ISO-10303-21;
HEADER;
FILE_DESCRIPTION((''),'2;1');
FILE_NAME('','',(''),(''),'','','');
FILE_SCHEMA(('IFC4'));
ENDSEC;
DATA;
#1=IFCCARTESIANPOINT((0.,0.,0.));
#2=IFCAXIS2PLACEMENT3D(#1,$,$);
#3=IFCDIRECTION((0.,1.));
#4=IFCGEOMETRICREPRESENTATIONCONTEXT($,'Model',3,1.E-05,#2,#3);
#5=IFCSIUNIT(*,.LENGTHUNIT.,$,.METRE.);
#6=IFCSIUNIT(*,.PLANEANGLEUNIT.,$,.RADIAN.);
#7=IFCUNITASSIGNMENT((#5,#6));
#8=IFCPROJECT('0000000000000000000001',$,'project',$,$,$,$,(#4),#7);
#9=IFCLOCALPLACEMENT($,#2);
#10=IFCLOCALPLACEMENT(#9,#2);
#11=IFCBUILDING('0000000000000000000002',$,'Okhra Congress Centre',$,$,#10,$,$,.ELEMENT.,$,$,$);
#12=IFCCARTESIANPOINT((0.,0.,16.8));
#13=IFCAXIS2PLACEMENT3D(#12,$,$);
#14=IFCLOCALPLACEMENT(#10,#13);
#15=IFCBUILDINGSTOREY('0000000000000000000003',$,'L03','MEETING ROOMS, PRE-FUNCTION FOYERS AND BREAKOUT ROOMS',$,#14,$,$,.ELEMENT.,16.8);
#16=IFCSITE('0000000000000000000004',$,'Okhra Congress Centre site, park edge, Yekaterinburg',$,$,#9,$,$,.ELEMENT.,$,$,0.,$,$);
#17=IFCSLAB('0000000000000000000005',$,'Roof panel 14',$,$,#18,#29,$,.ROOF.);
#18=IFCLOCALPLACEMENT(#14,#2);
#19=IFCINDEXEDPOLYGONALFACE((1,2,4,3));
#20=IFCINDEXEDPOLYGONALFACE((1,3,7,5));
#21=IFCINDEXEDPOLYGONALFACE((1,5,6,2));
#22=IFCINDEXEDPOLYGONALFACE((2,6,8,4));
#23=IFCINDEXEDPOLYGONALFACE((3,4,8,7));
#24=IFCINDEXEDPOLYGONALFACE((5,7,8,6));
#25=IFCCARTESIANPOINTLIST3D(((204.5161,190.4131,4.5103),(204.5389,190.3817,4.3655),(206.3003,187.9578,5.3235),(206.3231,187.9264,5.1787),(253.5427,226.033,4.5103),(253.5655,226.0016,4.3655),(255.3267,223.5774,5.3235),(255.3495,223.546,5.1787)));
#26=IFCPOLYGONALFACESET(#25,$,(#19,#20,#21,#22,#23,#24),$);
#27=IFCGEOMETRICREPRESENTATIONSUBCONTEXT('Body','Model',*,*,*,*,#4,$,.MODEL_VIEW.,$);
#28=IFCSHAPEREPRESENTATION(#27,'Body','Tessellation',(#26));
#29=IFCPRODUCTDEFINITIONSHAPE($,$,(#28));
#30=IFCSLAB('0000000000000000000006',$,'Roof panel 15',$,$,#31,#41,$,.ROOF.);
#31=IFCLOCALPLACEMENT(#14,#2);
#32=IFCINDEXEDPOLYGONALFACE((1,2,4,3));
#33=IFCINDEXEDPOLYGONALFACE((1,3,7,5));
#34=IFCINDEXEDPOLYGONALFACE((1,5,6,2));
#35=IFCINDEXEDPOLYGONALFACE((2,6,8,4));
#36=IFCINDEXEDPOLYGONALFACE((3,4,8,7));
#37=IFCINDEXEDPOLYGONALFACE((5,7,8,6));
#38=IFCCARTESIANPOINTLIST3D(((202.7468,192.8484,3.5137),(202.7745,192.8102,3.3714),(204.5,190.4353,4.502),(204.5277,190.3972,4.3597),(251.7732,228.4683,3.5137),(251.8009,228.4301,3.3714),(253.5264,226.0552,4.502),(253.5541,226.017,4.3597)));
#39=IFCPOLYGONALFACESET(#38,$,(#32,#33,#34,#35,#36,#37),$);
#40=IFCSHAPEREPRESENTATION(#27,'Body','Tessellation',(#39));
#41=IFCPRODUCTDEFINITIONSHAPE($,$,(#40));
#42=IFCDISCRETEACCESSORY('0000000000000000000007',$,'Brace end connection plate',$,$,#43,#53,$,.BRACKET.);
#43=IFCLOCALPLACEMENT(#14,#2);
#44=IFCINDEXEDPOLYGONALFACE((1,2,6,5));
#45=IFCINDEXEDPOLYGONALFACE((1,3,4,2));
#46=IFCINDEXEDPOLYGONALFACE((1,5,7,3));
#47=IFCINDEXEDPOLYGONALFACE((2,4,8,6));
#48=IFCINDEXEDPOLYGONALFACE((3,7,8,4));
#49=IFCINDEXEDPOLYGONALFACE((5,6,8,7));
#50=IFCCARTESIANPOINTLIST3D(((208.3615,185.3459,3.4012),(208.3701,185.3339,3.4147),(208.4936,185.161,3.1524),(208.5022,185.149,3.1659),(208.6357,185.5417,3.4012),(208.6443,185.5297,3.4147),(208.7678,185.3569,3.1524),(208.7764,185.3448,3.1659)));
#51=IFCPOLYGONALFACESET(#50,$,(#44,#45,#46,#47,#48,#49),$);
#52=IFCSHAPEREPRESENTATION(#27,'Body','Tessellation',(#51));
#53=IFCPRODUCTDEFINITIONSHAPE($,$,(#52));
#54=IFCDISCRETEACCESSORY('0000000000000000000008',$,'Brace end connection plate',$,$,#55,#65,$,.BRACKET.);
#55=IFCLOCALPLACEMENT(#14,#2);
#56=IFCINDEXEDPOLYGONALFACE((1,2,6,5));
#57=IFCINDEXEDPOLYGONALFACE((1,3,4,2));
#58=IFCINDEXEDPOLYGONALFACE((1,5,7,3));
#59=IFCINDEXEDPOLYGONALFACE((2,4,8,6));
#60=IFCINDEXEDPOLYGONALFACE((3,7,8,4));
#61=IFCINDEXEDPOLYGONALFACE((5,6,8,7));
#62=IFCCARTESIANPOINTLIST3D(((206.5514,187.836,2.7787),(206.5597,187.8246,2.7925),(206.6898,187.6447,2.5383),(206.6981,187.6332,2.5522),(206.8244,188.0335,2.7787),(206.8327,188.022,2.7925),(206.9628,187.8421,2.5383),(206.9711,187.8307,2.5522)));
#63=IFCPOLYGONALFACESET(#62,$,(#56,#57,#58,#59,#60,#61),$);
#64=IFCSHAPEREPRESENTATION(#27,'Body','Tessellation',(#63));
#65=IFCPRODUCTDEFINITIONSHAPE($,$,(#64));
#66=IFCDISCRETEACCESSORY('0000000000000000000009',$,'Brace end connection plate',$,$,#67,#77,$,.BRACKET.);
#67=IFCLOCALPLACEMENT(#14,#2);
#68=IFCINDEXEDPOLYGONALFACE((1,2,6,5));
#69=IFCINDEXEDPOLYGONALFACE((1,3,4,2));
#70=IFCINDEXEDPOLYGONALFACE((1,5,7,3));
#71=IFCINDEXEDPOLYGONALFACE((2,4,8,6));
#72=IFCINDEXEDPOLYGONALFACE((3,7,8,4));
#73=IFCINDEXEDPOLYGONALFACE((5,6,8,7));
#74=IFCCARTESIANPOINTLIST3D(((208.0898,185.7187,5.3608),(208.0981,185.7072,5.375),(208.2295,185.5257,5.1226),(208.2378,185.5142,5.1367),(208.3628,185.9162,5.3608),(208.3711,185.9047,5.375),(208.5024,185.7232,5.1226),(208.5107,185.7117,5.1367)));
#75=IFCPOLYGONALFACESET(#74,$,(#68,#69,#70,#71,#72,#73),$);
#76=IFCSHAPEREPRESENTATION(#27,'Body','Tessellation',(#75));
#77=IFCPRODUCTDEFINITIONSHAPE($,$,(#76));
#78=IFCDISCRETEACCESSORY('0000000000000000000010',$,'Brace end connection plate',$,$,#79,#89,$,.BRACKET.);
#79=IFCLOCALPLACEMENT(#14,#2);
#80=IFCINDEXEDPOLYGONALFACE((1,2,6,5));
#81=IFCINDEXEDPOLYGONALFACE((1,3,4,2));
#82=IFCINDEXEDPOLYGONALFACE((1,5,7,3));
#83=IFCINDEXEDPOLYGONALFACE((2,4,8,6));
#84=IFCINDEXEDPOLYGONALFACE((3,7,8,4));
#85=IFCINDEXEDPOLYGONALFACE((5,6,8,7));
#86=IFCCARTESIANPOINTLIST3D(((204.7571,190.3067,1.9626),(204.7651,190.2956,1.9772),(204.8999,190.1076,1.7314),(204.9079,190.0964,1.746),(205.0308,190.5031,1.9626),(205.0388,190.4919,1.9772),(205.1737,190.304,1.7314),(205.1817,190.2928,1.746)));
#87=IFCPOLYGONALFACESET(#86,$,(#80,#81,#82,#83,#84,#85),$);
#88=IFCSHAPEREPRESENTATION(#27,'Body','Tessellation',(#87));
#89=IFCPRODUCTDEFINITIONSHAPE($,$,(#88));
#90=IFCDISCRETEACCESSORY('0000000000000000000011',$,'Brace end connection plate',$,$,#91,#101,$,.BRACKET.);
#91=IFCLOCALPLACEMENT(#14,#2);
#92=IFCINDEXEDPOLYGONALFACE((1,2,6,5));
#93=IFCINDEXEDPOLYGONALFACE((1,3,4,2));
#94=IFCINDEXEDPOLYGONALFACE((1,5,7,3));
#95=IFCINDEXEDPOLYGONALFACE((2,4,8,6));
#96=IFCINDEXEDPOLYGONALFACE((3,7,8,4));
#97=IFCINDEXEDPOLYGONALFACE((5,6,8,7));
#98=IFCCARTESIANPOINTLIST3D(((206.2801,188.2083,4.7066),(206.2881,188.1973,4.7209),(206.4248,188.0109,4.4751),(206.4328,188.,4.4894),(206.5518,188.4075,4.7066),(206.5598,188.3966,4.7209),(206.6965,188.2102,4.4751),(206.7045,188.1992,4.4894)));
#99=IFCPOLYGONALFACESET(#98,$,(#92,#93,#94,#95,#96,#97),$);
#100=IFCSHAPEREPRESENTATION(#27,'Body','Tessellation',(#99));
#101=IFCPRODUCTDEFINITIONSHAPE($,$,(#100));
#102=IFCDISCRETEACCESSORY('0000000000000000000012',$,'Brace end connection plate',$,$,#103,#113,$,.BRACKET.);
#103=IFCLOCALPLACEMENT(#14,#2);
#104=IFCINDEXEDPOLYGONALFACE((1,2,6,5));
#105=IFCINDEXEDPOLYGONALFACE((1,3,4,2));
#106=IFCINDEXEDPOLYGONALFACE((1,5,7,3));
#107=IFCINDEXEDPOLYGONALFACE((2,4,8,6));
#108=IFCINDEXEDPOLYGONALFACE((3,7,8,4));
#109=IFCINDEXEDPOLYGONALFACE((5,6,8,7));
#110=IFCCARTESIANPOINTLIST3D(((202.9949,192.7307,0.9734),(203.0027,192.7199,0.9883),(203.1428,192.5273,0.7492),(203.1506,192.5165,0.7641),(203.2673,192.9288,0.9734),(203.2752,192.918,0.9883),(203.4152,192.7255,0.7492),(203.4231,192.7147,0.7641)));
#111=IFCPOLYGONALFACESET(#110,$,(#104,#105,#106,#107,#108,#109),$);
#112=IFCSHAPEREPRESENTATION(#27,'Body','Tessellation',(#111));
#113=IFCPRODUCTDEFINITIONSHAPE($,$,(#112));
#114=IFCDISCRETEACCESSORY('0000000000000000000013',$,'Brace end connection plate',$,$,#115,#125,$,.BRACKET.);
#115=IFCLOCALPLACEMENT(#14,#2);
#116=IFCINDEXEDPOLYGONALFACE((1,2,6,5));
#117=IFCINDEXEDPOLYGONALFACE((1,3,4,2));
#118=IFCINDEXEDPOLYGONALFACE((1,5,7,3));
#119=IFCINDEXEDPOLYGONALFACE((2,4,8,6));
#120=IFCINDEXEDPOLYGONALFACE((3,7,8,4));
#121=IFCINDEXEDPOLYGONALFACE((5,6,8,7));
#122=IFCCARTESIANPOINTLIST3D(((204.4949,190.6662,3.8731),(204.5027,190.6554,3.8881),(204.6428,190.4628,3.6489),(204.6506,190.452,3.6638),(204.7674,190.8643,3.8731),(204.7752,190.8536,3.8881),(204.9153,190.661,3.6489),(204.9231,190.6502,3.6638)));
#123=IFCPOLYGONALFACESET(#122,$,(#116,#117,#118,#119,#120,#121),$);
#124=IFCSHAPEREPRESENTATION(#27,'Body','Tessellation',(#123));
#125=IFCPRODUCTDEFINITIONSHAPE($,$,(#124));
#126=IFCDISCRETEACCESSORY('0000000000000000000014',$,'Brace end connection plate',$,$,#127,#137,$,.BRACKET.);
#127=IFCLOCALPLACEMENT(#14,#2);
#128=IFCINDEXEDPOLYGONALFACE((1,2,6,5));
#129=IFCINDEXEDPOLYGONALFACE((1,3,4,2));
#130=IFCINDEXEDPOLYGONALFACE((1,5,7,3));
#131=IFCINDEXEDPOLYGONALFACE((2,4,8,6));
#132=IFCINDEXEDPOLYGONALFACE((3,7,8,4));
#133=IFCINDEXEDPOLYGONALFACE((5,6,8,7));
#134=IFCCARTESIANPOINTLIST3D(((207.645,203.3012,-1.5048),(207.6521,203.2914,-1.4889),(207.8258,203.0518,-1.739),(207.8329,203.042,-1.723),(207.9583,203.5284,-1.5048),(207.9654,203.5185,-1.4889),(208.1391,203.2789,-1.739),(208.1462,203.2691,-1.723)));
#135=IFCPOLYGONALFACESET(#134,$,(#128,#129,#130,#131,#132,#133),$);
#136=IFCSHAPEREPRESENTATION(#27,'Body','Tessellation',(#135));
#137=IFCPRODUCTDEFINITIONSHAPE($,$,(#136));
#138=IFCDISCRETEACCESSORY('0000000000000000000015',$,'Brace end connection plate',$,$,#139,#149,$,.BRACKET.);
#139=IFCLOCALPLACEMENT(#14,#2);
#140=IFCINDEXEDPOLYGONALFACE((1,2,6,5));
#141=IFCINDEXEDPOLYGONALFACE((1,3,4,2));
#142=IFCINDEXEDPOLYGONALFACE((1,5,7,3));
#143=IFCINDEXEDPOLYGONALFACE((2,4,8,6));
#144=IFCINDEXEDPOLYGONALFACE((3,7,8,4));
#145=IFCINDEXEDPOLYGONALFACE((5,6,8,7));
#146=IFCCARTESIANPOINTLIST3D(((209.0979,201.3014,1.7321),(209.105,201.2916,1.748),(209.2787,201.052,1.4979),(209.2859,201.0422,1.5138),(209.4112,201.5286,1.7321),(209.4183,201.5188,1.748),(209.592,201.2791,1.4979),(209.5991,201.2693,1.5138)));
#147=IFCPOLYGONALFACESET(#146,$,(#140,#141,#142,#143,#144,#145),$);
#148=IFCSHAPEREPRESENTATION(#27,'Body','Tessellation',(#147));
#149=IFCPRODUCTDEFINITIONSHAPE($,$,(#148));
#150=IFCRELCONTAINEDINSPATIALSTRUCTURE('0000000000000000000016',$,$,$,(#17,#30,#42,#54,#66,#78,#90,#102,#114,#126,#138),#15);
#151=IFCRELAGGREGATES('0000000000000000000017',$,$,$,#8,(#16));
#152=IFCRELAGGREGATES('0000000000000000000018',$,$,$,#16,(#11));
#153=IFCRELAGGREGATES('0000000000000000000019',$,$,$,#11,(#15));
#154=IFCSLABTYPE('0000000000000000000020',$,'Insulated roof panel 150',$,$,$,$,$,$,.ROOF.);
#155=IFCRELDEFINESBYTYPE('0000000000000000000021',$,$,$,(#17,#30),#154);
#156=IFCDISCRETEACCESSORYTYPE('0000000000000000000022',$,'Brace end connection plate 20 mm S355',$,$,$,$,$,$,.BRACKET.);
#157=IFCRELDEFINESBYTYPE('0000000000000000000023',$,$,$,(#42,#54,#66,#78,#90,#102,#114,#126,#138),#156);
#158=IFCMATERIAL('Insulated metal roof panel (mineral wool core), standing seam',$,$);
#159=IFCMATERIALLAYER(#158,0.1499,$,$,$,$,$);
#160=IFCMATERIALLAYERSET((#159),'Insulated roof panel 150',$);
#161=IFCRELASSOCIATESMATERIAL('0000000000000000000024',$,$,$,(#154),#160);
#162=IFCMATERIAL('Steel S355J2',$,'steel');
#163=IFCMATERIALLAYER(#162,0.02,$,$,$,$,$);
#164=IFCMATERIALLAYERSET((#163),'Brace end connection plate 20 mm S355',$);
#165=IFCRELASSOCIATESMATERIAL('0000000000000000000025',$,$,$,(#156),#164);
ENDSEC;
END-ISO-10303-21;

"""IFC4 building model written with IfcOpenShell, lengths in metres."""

from ifc_helpers import new_model, si_unit, direction, frame, origin, origin_2d, place, context, subcontext, project, spatial, polyline, rectangle, outline, extrude, material, layer, layer_set, type_object, element, save


model = new_model("IFC4")

# Units and contexts
model_context = context("Model", 3, precision=1e-05, world=origin(), true_north=direction((0.0, 1.0)))
body_context = subcontext(model_context, "Body", "Model", "MODEL_VIEW")
ifc_project = project(units=[si_unit("LENGTHUNIT", "METRE"), si_unit("PLANEANGLEUNIT", "RADIAN")], contexts=[model_context])

# Site, building, storey
site_placement = place(None, origin())
site = spatial("IfcSite", under=ifc_project, at=site_placement, Name="Okhra Congress Centre site, park edge, Yekaterinburg", CompositionType="ELEMENT", RefElevation=0.0)
building_placement = place(site_placement, origin())
building = spatial("IfcBuilding", under=site, at=building_placement, Name="Okhra Congress Centre", CompositionType="ELEMENT")
storey_placement = place(building_placement, frame((0.0, 0.0, 16.8)))
storey = spatial("IfcBuildingStorey", under=building, at=storey_placement, Name="L03", Description="MEETING ROOMS, PRE-FUNCTION FOYERS AND BREAKOUT ROOMS", CompositionType="ELEMENT", Elevation=16.8)

# Shared definitions
ifc_material_1 = material(Name="Steel S355J2", Category="steel")

# Slabs
ifc_material_2 = material(Name="Insulated metal roof panel (mineral wool core), standing seam")
ifc_layer_1 = layer(ifc_material_2, 0.1499)
ifc_layer_set_1 = layer_set([ifc_layer_1], Name="Insulated roof panel 150")
slab_type = type_object("IfcSlabType", Name="Insulated roof panel 150", PredefinedType="ROOF", material=ifc_layer_set_1)
slab_1_placement = place(storey_placement, frame((206.3003, 187.9578, 5.3235), z_axis=(-0.152124, 0.209382, 0.965928), x_axis=(0.809018, 0.587784, 0.0)))
element("IfcSlab", 1, at=slab_1_placement, inside=storey, type_object=slab_type, Name="Roof panel 14", PredefinedType="ROOF", context=body_context, shape_type="SweptSolid", body=[
    extrude(outline(polyline([(0.0, 0.0), (60.5999, 0.0), (60.6, 3.1422), (-0.0002, 3.1422), (0.0, 0.0)])), origin(), (0.0, 0.0, -1.0), 0.1499),
])
slab_2_placement = place(storey_placement, frame((204.5, 190.4353, 4.502), z_axis=(-0.184871, 0.254452, 0.949251), x_axis=(0.809016, 0.587787, 0.0)))
element("IfcSlab", 2, at=slab_2_placement, inside=storey, type_object=slab_type, Name="Roof panel 15", PredefinedType="ROOF", context=body_context, shape_type="SweptSolid", body=[
    extrude(outline(polyline([(0.0, 0.0), (60.6, 0.0), (60.6, 3.1422), (0.0, 3.1422), (0.0, 0.0)])), origin(), (0.0, 0.0, -1.0), 0.1499),
])

# Discrete accessories
ifc_layer_2 = layer(ifc_material_1, 0.02)
ifc_layer_set_2 = layer_set([ifc_layer_2], Name="Brace end connection plate 20 mm S355")
discrete_accessory_type = type_object("IfcDiscreteAccessoryType", Name="Brace end connection plate 20 mm S355", PredefinedType="BRACKET", material=ifc_layer_set_2)
discrete_accessory_1_placement = place(storey_placement, frame((208.5732, 185.3394, 3.2903), z_axis=(-0.429165, 0.600831, -0.674403), x_axis=(-0.813733, -0.581238, 0.0)))
element("IfcDiscreteAccessory", 3, at=discrete_accessory_1_placement, inside=storey, type_object=discrete_accessory_type, Name="Brace end connection plate", PredefinedType="BRACKET", context=body_context, shape_type="SweptSolid", body=[
    extrude(rectangle(XDim=0.3369, YDim=0.3369, at=origin_2d()), origin(), (0.0, 0.0, 1.0), 0.02),
])
discrete_accessory_2_placement = place(storey_placement, frame((206.7654, 187.8276, 2.6724), z_axis=(-0.418068, 0.577917, -0.700879), x_axis=(-0.810224, -0.58612, 0.0)))
element("IfcDiscreteAccessory", 4, at=discrete_accessory_2_placement, inside=storey, type_object=discrete_accessory_type, Name="Brace end connection plate", PredefinedType="BRACKET", context=body_context, shape_type="SweptSolid", body=[
    extrude(rectangle(XDim=0.3369, YDim=0.3369, at=origin_2d()), origin(), (0.0, 0.0, 1.0), 0.0198),
])
for number, where, z_axis, x_axis, name in (
    (5, (208.2961, 185.7209, 5.2417), (0.41448, -0.572958, 0.707054), (0.810224, 0.58612, 0.0), "Brace end connection plate"),
    (6, (204.9734, 190.2942, 1.8616), (-0.400037, 0.557627, -0.72734), (-0.812538, -0.582908, 0.0), "Brace end connection plate"),
):
    element("IfcDiscreteAccessory", number, at=place(storey_placement, frame(where, z_axis=z_axis, x_axis=x_axis)), inside=storey, type_object=discrete_accessory_type, Name=name, PredefinedType="BRACKET", context=body_context, shape_type="SweptSolid", body=[
        extrude(rectangle(XDim=0.3369, YDim=0.3369, at=origin_2d()), origin(), (0.0, 0.0, 1.0), 0.02),
    ])
discrete_accessory_3_placement = place(storey_placement, frame((206.4883, 188.2092, 4.5908), z_axis=(0.406356, -0.554122, 0.726515), x_axis=(0.806405, 0.591364, 0.0)))
element("IfcDiscreteAccessory", 7, at=discrete_accessory_3_placement, inside=storey, type_object=discrete_accessory_type, Name="Brace end connection plate", PredefinedType="BRACKET", context=body_context, shape_type="SweptSolid", body=[
    extrude(rectangle(XDim=0.3369, YDim=0.3369, at=origin_2d()), origin(), (0.0, 0.0, 1.0), 0.0198),
])
for number, where, z_axis, x_axis, name in (
    (8, (203.2129, 192.7173, 0.8762), (-0.391498, 0.538309, -0.746293), (-0.808736, -0.588172, 0.0), "Brace end connection plate"),
    (9, (204.7051, 190.6636, 3.761), (0.391498, -0.538309, 0.746293), (0.808736, 0.588172, 0.0), "Brace end connection plate"),
):
    element("IfcDiscreteAccessory", number, at=place(storey_placement, frame(where, z_axis=z_axis, x_axis=x_axis)), inside=storey, type_object=discrete_accessory_type, Name=name, PredefinedType="BRACKET", context=body_context, shape_type="SweptSolid", body=[
        extrude(rectangle(XDim=0.3369, YDim=0.3369, at=origin_2d()), origin(), (0.0, 0.0, 1.0), 0.02),
    ])
for number, where, z_axis, x_axis, name in (
    (10, (207.8992, 203.2803, -1.606), (-0.355194, 0.489922, -0.796124), (-0.80961, -0.586968, 0.0), "Brace end connection plate"),
    (11, (209.345, 201.2903, 1.615), (0.355194, -0.489922, 0.796124), (0.80961, 0.586968, 0.0), "Brace end connection plate"),
):
    element("IfcDiscreteAccessory", number, at=place(storey_placement, frame(where, z_axis=z_axis, x_axis=x_axis)), inside=storey, type_object=discrete_accessory_type, Name=name, PredefinedType="BRACKET", context=body_context, shape_type="SweptSolid", body=[
        extrude(rectangle(XDim=0.387, YDim=0.387, at=origin_2d()), origin(), (0.0, 0.0, 1.0), 0.02),
    ])

save(model, "model.ifc")
